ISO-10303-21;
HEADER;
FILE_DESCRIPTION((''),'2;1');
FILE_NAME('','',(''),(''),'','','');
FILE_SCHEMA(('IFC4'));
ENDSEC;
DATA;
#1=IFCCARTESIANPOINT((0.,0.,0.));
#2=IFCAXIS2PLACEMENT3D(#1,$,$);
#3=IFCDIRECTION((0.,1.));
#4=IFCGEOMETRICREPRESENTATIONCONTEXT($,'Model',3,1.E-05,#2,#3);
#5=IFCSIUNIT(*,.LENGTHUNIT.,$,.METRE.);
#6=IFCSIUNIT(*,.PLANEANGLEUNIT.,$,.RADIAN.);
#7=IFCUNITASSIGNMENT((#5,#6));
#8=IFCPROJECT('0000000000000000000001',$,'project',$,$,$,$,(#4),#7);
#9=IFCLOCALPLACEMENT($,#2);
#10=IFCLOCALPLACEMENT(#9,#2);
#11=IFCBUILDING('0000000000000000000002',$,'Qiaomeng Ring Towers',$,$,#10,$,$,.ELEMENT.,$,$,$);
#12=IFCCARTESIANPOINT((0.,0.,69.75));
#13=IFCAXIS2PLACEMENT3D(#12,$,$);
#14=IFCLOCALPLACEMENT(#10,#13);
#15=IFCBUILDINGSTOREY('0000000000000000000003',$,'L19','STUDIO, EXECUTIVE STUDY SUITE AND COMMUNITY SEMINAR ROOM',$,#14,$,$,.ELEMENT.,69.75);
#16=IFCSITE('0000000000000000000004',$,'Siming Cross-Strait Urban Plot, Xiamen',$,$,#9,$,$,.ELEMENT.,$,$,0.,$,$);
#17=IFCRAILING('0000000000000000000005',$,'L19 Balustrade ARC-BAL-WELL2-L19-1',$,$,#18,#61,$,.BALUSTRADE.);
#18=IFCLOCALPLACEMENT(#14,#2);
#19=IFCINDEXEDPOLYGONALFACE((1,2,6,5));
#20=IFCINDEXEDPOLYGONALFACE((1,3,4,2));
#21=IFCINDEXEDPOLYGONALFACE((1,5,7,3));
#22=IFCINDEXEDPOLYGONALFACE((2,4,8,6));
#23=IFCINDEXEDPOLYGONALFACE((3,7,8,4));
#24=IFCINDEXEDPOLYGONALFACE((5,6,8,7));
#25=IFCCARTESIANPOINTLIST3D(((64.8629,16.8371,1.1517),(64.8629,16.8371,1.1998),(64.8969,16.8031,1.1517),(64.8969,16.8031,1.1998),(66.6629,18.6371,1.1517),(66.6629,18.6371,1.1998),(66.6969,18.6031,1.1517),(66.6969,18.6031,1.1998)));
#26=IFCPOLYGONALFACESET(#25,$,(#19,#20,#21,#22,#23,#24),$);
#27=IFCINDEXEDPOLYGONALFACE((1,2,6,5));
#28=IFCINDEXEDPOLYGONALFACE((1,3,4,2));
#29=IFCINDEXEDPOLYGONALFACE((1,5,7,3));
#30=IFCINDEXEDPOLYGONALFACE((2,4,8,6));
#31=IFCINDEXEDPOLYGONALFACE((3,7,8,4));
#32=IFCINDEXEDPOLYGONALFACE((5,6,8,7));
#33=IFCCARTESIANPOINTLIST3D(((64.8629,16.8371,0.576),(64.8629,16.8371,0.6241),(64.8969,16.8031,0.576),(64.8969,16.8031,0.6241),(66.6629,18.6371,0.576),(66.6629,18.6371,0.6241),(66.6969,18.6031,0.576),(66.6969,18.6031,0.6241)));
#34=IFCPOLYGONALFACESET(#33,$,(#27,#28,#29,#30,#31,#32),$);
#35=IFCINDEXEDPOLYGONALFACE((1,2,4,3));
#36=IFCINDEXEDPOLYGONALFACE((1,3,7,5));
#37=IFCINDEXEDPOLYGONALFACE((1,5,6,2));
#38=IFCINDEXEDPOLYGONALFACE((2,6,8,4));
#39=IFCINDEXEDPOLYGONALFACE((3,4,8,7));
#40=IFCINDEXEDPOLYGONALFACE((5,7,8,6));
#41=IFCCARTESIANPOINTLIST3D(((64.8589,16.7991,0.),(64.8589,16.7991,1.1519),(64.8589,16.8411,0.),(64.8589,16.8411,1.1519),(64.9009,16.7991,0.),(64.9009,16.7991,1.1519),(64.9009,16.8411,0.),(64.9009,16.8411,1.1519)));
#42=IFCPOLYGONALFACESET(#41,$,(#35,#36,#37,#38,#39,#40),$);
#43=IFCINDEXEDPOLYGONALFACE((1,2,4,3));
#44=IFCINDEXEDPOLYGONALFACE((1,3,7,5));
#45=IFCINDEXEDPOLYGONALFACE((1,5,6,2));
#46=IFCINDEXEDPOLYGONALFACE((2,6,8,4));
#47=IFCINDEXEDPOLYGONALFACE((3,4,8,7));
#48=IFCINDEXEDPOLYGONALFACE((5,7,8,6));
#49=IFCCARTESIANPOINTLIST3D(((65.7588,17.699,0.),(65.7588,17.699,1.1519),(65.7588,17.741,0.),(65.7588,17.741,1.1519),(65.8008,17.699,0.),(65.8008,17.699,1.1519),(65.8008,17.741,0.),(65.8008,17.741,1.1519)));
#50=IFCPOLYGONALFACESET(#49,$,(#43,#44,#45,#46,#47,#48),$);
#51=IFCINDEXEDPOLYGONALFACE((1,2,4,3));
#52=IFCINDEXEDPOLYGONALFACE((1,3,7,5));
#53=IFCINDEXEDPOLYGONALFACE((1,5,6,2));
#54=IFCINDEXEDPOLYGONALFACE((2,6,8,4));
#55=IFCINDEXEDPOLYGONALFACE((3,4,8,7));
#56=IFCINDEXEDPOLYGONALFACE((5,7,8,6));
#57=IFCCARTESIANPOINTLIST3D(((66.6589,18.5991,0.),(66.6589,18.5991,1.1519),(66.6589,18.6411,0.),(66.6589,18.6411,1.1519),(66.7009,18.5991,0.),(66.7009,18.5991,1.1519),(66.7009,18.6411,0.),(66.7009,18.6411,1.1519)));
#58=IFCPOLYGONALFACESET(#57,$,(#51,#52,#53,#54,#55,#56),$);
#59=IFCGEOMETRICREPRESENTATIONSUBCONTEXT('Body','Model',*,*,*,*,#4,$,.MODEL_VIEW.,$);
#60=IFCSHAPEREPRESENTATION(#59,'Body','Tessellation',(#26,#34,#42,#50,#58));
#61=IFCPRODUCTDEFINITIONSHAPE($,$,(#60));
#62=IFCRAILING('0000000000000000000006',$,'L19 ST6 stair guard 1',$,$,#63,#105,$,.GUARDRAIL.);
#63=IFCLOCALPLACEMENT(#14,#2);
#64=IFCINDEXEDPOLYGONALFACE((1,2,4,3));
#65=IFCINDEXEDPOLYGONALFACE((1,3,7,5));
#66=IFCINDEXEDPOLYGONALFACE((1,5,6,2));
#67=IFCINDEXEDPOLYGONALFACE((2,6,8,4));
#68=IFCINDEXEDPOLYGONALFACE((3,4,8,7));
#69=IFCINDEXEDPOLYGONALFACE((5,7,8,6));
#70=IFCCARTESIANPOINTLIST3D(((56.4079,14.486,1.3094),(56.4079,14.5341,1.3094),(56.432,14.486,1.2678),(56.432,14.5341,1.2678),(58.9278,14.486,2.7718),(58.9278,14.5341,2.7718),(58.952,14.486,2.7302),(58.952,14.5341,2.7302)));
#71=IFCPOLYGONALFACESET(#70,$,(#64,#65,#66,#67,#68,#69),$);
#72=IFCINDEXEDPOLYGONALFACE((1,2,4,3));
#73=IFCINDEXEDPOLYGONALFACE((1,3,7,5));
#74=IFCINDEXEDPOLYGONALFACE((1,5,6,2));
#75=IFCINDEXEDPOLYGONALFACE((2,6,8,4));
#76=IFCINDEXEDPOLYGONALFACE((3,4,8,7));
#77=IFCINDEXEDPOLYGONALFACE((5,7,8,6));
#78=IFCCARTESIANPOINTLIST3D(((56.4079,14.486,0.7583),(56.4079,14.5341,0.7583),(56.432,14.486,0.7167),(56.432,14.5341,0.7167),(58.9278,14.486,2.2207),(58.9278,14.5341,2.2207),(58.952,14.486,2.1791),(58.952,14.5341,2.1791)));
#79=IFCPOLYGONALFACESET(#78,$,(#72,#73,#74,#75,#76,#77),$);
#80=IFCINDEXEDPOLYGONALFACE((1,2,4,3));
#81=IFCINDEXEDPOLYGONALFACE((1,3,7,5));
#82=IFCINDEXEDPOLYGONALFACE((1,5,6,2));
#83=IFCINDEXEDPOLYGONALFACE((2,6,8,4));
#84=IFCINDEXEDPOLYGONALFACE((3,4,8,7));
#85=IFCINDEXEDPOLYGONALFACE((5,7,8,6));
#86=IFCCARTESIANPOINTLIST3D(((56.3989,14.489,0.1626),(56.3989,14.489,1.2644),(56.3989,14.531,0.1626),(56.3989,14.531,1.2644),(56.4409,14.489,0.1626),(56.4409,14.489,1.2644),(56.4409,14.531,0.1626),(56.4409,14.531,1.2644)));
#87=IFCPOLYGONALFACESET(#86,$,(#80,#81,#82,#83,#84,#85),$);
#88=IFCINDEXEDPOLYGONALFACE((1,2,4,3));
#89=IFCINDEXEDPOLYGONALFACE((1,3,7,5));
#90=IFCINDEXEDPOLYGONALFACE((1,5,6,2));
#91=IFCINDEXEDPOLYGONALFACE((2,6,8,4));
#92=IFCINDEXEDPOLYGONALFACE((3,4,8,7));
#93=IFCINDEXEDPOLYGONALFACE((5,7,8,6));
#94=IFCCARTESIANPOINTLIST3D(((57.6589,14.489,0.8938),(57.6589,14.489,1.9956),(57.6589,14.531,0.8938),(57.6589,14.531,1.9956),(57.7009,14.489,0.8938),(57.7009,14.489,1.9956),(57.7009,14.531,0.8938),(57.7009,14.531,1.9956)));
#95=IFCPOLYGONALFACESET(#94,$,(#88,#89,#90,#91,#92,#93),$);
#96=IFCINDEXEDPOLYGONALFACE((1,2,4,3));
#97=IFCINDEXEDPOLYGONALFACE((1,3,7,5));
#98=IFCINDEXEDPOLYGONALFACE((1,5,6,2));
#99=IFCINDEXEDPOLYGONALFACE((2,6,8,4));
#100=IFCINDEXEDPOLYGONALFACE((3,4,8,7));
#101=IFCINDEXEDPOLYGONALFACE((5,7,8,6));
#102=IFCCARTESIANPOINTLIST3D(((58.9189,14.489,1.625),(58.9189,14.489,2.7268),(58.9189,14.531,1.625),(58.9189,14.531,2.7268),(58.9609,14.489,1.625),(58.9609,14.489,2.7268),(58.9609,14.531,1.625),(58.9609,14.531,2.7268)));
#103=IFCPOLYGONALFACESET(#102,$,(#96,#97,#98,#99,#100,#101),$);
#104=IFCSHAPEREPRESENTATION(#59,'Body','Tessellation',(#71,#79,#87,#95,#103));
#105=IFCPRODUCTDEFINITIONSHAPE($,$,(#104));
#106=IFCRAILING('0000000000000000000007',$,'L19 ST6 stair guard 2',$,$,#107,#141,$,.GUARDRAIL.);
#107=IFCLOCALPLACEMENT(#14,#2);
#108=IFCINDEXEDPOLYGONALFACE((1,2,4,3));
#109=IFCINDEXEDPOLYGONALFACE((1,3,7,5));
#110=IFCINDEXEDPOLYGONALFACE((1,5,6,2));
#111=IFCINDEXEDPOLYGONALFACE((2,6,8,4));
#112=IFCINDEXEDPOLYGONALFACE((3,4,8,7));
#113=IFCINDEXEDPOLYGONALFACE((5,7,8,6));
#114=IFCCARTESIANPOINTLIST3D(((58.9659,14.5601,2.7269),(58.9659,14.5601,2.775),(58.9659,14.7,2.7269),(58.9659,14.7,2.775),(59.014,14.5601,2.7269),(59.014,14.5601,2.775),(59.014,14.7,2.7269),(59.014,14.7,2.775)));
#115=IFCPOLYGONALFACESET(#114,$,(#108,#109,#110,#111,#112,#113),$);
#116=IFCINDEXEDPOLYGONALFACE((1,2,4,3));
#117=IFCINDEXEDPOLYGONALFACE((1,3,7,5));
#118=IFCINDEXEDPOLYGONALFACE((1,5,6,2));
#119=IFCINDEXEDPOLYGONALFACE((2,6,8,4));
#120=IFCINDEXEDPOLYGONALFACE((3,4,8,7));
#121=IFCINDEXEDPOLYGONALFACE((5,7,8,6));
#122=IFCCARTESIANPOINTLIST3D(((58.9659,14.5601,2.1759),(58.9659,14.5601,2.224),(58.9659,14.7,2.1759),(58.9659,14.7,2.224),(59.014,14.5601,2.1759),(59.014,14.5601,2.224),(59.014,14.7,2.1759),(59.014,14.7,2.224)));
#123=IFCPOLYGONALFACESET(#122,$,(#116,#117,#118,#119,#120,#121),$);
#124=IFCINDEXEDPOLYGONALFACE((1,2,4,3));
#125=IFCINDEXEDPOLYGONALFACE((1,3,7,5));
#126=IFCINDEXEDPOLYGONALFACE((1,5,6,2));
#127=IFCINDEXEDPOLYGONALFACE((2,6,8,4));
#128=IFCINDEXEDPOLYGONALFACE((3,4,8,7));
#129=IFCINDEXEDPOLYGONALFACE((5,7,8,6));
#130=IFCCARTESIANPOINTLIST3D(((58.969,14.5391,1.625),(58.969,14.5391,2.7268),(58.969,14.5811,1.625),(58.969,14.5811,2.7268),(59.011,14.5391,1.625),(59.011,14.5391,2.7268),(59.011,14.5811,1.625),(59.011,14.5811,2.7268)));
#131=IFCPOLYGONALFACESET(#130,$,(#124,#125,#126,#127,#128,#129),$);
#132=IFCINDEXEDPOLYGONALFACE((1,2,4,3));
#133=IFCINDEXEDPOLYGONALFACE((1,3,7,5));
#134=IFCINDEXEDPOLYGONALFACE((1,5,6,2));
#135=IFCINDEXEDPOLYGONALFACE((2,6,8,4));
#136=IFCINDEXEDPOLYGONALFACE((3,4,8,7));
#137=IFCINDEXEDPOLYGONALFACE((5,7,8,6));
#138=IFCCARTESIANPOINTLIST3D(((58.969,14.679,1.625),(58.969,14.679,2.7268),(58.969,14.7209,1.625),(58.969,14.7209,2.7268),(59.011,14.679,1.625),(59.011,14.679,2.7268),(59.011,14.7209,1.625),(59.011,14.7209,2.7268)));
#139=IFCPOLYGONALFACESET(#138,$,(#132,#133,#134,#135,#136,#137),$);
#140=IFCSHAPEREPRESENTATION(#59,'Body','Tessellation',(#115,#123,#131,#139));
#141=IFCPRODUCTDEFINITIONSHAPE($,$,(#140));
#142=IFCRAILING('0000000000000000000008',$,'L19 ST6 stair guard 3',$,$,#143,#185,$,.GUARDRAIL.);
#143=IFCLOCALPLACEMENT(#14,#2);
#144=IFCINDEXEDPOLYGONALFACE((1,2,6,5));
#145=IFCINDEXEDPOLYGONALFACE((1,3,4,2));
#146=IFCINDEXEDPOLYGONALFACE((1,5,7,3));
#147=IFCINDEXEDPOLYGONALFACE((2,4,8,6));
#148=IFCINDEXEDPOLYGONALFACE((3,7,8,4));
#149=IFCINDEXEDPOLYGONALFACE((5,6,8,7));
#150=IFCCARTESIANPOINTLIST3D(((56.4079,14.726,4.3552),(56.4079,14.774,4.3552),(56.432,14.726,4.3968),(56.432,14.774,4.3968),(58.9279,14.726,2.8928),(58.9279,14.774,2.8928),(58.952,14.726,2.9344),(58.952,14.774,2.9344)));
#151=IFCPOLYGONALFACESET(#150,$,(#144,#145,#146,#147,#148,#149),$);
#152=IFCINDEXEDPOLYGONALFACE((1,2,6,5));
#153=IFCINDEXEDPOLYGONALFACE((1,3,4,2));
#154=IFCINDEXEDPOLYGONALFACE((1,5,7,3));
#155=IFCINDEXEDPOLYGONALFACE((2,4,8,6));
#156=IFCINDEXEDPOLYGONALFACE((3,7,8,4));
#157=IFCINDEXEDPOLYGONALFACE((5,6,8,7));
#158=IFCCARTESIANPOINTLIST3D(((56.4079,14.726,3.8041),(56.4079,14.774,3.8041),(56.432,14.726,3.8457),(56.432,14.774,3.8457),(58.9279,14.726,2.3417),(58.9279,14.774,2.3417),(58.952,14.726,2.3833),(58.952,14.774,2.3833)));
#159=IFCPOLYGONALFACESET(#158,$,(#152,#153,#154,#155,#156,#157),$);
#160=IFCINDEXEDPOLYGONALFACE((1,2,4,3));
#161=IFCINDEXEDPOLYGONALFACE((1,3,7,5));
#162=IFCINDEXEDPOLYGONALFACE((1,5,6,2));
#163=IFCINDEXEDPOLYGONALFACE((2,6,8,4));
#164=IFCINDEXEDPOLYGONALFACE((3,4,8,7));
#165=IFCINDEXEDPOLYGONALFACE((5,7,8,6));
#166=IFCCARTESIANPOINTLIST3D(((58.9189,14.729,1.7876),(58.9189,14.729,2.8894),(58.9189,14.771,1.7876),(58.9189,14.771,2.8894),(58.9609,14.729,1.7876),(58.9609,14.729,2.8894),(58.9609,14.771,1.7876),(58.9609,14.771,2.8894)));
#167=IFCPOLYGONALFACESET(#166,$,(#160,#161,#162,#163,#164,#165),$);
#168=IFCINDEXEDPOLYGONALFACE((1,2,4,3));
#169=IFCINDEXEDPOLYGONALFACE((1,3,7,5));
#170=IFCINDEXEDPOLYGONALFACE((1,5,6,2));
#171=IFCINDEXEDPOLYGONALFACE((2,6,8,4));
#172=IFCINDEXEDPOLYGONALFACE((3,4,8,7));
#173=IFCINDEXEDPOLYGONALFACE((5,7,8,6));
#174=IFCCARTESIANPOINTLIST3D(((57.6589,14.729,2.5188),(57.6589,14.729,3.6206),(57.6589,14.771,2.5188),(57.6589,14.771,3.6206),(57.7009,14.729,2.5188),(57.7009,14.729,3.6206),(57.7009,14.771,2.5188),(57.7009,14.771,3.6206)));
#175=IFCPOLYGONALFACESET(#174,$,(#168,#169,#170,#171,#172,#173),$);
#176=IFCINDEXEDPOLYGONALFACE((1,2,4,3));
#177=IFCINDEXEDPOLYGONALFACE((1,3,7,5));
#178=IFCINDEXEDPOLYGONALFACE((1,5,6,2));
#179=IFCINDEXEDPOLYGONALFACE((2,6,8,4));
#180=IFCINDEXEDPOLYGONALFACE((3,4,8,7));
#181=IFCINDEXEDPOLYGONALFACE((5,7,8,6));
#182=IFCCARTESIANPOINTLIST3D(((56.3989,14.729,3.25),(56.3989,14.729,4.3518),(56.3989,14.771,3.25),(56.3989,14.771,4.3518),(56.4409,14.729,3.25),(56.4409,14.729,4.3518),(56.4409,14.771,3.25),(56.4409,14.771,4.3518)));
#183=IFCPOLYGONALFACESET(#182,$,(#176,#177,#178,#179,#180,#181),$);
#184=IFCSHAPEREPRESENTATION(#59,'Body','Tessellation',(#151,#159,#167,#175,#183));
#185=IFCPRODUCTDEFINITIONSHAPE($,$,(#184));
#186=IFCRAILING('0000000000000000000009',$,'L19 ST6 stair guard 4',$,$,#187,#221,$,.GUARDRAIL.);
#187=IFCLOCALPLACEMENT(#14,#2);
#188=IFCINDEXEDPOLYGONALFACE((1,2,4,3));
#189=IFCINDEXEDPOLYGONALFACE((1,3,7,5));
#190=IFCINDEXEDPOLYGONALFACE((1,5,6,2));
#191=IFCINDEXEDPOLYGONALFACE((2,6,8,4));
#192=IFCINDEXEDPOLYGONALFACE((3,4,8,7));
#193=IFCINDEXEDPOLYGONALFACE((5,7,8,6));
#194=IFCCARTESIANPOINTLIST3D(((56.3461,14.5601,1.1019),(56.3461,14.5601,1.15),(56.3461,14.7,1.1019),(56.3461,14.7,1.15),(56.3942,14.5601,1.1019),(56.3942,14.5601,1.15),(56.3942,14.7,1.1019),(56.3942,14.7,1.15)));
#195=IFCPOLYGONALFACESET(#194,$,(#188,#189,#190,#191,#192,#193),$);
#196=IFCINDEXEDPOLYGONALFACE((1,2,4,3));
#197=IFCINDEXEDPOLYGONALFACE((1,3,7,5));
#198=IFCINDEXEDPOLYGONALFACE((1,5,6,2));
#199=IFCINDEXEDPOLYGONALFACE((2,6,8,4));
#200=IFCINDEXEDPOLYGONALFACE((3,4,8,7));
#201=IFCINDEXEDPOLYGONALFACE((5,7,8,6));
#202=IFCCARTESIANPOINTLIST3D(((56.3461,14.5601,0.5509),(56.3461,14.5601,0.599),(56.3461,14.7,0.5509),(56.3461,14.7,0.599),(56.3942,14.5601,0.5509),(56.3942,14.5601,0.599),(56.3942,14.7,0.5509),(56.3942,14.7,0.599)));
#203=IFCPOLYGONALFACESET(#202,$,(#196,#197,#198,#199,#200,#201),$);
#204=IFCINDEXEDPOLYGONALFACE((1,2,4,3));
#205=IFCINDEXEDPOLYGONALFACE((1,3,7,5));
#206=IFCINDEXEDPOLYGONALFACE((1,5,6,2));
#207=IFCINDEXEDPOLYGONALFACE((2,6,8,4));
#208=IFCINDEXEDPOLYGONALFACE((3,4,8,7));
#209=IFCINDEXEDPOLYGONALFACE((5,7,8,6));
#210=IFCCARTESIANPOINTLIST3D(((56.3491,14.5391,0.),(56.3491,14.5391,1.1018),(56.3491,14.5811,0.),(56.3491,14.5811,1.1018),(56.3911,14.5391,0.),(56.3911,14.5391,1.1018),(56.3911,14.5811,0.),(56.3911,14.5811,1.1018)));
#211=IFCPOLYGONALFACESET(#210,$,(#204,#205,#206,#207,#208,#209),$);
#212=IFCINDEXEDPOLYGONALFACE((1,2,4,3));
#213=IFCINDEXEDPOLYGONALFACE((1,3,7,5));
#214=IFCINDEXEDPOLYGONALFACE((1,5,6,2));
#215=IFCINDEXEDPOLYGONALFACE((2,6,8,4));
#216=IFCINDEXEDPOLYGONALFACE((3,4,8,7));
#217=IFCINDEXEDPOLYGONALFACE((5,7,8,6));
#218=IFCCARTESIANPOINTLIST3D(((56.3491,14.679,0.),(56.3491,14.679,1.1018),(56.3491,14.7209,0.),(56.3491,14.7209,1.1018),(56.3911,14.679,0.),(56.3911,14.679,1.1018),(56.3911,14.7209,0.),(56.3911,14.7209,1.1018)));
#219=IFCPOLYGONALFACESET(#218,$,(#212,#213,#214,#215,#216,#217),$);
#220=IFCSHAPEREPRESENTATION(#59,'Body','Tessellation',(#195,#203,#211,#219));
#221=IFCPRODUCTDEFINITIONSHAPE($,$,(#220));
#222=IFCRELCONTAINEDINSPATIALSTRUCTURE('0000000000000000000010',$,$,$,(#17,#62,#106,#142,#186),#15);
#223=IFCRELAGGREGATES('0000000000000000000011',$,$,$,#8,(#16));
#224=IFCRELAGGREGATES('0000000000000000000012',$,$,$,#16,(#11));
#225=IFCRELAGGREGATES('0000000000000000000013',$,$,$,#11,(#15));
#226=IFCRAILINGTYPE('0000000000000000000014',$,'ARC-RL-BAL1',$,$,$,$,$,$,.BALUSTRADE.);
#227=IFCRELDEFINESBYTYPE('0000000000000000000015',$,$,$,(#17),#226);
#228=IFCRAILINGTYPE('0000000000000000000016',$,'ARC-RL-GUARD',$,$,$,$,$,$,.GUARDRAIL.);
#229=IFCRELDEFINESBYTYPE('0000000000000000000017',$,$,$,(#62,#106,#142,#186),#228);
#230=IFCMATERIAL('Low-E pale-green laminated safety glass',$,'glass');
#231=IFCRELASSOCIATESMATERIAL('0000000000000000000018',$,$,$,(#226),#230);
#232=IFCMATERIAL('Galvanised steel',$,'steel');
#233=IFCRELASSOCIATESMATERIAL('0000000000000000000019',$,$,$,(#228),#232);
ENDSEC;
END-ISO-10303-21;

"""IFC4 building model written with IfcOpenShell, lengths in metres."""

from ifc_helpers import new_model, si_unit, direction, frame, origin, origin_2d, place, context, subcontext, project, spatial, rectangle, extrude, material, type_object, element, save


model = new_model("IFC4")

# Units and contexts
model_context = context("Model", 3, precision=1e-05, world=origin(), true_north=direction((0.0, 1.0)))
body_context = subcontext(model_context, "Body", "Model", "MODEL_VIEW")
ifc_project = project(units=[si_unit("LENGTHUNIT", "METRE"), si_unit("PLANEANGLEUNIT", "RADIAN")], contexts=[model_context])

# Site, building, storey
site_placement = place(None, origin())
site = spatial("IfcSite", under=ifc_project, at=site_placement, Name="Siming Cross-Strait Urban Plot, Xiamen", CompositionType="ELEMENT", RefElevation=0.0)
building_placement = place(site_placement, origin())
building = spatial("IfcBuilding", under=site, at=building_placement, Name="Qiaomeng Ring Towers", CompositionType="ELEMENT")
storey_placement = place(building_placement, frame((0.0, 0.0, 69.75)))
storey = spatial("IfcBuildingStorey", under=building, at=storey_placement, Name="L19", Description="STUDIO, EXECUTIVE STUDY SUITE AND COMMUNITY SEMINAR ROOM", CompositionType="ELEMENT", Elevation=69.75)

# Shared definitions
ifc_material_1 = material(Name="Galvanised steel", Category="steel")

# Railings
ifc_material_2 = material(Name="Low-E pale-green laminated safety glass", Category="glass")
railing_type_1 = type_object("IfcRailingType", Name="ARC-RL-BAL1", PredefinedType="BALUSTRADE", material=ifc_material_2)
railing_1_placement = place(storey_placement, frame((64.8799, 16.8201, 0.0)))
element("IfcRailing", 1, at=railing_1_placement, inside=storey, type_object=railing_type_1, Name="L19 Balustrade ARC-BAL-WELL2-L19-1", PredefinedType="BALUSTRADE", context=body_context, shape_type="SweptSolid", body=[
    extrude(rectangle(XDim=0.0481, YDim=0.0481, at=origin_2d()), frame((0.0, 0.0, 1.1758), z_axis=(0.707107, 0.707107, 0.0), x_axis=(-0.707107, 0.707107, 0.0)), (0.0, 0.0, 1.0), 2.5457),
    extrude(rectangle(XDim=0.0481, YDim=0.0481, at=origin_2d()), frame((0.0, 0.0, 0.6001), z_axis=(0.707107, 0.707107, 0.0), x_axis=(-0.707107, 0.707107, 0.0)), (0.0, 0.0, 1.0), 2.5457),
    extrude(rectangle(XDim=0.042, YDim=0.042, at=origin_2d()), origin(), (0.0, 0.0, 1.0), 1.1519),
    extrude(rectangle(XDim=0.042, YDim=0.042, at=origin_2d()), frame((0.8999, 0.8999, 0.0)), (0.0, 0.0, 1.0), 1.1519),
    extrude(rectangle(XDim=0.042, YDim=0.042, at=origin_2d()), frame((1.8, 1.8, 0.0)), (0.0, 0.0, 1.0), 1.1519),
])
railing_type_2 = type_object("IfcRailingType", Name="ARC-RL-GUARD", PredefinedType="GUARDRAIL", material=ifc_material_1)
railing_2_placement = place(storey_placement, frame((56.4199, 14.51, 0.1626)))
element("IfcRailing", 2, at=railing_2_placement, inside=storey, type_object=railing_type_2, Name="L19 ST6 stair guard 1", PredefinedType="GUARDRAIL", context=body_context, shape_type="SweptSolid", body=[
    extrude(rectangle(XDim=0.0481, YDim=0.0481, at=origin_2d()), frame((0.0, 0.0, 1.126), z_axis=(0.864913, 0.0, 0.501921), x_axis=(0.0, 1.0, 0.0)), (0.0, 0.0, 1.0), 2.9136),
    extrude(rectangle(XDim=0.0481, YDim=0.0481, at=origin_2d()), frame((0.0, 0.0, 0.575), z_axis=(0.864913, 0.0, 0.501921), x_axis=(0.0, 1.0, 0.0)), (0.0, 0.0, 1.0), 2.9136),
    extrude(rectangle(XDim=0.042, YDim=0.042, at=origin_2d()), origin(), (0.0, 0.0, 1.0), 1.1018),
    extrude(rectangle(XDim=0.042, YDim=0.042, at=origin_2d()), frame((1.26, 0.0, 0.7312)), (0.0, 0.0, 1.0), 1.1018),
    extrude(rectangle(XDim=0.042, YDim=0.042, at=origin_2d()), frame((2.52, 0.0, 1.4624)), (0.0, 0.0, 1.0), 1.1018),
])
railing_3_placement = place(storey_placement, frame((58.99, 14.5601, 1.625)))
element("IfcRailing", 3, at=railing_3_placement, inside=storey, type_object=railing_type_2, Name="L19 ST6 stair guard 2", PredefinedType="GUARDRAIL", context=body_context, shape_type="SweptSolid", body=[
    extrude(rectangle(XDim=0.0481, YDim=0.0481, at=origin_2d()), frame((0.0, 0.0, 1.126), z_axis=(0.0, 1.0, 0.0), x_axis=(-1.0, 0.0, 0.0)), (0.0, 0.0, 1.0), 0.1399),
    extrude(rectangle(XDim=0.0481, YDim=0.0481, at=origin_2d()), frame((0.0, 0.0, 0.575), z_axis=(0.0, 1.0, 0.0), x_axis=(-1.0, 0.0, 0.0)), (0.0, 0.0, 1.0), 0.1399),
    extrude(rectangle(XDim=0.042, YDim=0.042, at=origin_2d()), origin(), (0.0, 0.0, 1.0), 1.1018),
    extrude(rectangle(XDim=0.042, YDim=0.042, at=origin_2d()), frame((0.0, 0.1399, 0.0)), (0.0, 0.0, 1.0), 1.1018),
])
railing_4_placement = place(storey_placement, frame((58.9399, 14.75, 1.7876)))
element("IfcRailing", 4, at=railing_4_placement, inside=storey, type_object=railing_type_2, Name="L19 ST6 stair guard 3", PredefinedType="GUARDRAIL", context=body_context, shape_type="SweptSolid", body=[
    extrude(rectangle(XDim=0.0481, YDim=0.0481, at=origin_2d()), frame((0.0, 0.0, 1.126), z_axis=(-0.864913, 0.0, 0.501921), x_axis=(0.0, -1.0, 0.0)), (0.0, 0.0, 1.0), 2.9136),
    extrude(rectangle(XDim=0.0481, YDim=0.0481, at=origin_2d()), frame((0.0, 0.0, 0.575), z_axis=(-0.864913, 0.0, 0.501921), x_axis=(0.0, -1.0, 0.0)), (0.0, 0.0, 1.0), 2.9136),
    extrude(rectangle(XDim=0.042, YDim=0.042, at=origin_2d()), origin(), (0.0, 0.0, 1.0), 1.1018),
    extrude(rectangle(XDim=0.042, YDim=0.042, at=origin_2d()), frame((-1.26, 0.0, 0.7312)), (0.0, 0.0, 1.0), 1.1018),
    extrude(rectangle(XDim=0.042, YDim=0.042, at=origin_2d()), frame((-2.52, 0.0, 1.4624)), (0.0, 0.0, 1.0), 1.1018),
])
railing_5_placement = place(storey_placement, frame((56.3701, 14.5601, 0.0)))
element("IfcRailing", 5, at=railing_5_placement, inside=storey, type_object=railing_type_2, Name="L19 ST6 stair guard 4", PredefinedType="GUARDRAIL", context=body_context, shape_type="SweptSolid", body=[
    extrude(rectangle(XDim=0.0481, YDim=0.0481, at=origin_2d()), frame((0.0, 0.0, 1.126), z_axis=(0.0, 1.0, 0.0), x_axis=(-1.0, 0.0, 0.0)), (0.0, 0.0, 1.0), 0.1399),
    extrude(rectangle(XDim=0.0481, YDim=0.0481, at=origin_2d()), frame((0.0, 0.0, 0.575), z_axis=(0.0, 1.0, 0.0), x_axis=(-1.0, 0.0, 0.0)), (0.0, 0.0, 1.0), 0.1399),
    extrude(rectangle(XDim=0.042, YDim=0.042, at=origin_2d()), origin(), (0.0, 0.0, 1.0), 1.1018),
    extrude(rectangle(XDim=0.042, YDim=0.042, at=origin_2d()), frame((0.0, 0.1399, 0.0)), (0.0, 0.0, 1.0), 1.1018),
])

save(model, "model.ifc")
